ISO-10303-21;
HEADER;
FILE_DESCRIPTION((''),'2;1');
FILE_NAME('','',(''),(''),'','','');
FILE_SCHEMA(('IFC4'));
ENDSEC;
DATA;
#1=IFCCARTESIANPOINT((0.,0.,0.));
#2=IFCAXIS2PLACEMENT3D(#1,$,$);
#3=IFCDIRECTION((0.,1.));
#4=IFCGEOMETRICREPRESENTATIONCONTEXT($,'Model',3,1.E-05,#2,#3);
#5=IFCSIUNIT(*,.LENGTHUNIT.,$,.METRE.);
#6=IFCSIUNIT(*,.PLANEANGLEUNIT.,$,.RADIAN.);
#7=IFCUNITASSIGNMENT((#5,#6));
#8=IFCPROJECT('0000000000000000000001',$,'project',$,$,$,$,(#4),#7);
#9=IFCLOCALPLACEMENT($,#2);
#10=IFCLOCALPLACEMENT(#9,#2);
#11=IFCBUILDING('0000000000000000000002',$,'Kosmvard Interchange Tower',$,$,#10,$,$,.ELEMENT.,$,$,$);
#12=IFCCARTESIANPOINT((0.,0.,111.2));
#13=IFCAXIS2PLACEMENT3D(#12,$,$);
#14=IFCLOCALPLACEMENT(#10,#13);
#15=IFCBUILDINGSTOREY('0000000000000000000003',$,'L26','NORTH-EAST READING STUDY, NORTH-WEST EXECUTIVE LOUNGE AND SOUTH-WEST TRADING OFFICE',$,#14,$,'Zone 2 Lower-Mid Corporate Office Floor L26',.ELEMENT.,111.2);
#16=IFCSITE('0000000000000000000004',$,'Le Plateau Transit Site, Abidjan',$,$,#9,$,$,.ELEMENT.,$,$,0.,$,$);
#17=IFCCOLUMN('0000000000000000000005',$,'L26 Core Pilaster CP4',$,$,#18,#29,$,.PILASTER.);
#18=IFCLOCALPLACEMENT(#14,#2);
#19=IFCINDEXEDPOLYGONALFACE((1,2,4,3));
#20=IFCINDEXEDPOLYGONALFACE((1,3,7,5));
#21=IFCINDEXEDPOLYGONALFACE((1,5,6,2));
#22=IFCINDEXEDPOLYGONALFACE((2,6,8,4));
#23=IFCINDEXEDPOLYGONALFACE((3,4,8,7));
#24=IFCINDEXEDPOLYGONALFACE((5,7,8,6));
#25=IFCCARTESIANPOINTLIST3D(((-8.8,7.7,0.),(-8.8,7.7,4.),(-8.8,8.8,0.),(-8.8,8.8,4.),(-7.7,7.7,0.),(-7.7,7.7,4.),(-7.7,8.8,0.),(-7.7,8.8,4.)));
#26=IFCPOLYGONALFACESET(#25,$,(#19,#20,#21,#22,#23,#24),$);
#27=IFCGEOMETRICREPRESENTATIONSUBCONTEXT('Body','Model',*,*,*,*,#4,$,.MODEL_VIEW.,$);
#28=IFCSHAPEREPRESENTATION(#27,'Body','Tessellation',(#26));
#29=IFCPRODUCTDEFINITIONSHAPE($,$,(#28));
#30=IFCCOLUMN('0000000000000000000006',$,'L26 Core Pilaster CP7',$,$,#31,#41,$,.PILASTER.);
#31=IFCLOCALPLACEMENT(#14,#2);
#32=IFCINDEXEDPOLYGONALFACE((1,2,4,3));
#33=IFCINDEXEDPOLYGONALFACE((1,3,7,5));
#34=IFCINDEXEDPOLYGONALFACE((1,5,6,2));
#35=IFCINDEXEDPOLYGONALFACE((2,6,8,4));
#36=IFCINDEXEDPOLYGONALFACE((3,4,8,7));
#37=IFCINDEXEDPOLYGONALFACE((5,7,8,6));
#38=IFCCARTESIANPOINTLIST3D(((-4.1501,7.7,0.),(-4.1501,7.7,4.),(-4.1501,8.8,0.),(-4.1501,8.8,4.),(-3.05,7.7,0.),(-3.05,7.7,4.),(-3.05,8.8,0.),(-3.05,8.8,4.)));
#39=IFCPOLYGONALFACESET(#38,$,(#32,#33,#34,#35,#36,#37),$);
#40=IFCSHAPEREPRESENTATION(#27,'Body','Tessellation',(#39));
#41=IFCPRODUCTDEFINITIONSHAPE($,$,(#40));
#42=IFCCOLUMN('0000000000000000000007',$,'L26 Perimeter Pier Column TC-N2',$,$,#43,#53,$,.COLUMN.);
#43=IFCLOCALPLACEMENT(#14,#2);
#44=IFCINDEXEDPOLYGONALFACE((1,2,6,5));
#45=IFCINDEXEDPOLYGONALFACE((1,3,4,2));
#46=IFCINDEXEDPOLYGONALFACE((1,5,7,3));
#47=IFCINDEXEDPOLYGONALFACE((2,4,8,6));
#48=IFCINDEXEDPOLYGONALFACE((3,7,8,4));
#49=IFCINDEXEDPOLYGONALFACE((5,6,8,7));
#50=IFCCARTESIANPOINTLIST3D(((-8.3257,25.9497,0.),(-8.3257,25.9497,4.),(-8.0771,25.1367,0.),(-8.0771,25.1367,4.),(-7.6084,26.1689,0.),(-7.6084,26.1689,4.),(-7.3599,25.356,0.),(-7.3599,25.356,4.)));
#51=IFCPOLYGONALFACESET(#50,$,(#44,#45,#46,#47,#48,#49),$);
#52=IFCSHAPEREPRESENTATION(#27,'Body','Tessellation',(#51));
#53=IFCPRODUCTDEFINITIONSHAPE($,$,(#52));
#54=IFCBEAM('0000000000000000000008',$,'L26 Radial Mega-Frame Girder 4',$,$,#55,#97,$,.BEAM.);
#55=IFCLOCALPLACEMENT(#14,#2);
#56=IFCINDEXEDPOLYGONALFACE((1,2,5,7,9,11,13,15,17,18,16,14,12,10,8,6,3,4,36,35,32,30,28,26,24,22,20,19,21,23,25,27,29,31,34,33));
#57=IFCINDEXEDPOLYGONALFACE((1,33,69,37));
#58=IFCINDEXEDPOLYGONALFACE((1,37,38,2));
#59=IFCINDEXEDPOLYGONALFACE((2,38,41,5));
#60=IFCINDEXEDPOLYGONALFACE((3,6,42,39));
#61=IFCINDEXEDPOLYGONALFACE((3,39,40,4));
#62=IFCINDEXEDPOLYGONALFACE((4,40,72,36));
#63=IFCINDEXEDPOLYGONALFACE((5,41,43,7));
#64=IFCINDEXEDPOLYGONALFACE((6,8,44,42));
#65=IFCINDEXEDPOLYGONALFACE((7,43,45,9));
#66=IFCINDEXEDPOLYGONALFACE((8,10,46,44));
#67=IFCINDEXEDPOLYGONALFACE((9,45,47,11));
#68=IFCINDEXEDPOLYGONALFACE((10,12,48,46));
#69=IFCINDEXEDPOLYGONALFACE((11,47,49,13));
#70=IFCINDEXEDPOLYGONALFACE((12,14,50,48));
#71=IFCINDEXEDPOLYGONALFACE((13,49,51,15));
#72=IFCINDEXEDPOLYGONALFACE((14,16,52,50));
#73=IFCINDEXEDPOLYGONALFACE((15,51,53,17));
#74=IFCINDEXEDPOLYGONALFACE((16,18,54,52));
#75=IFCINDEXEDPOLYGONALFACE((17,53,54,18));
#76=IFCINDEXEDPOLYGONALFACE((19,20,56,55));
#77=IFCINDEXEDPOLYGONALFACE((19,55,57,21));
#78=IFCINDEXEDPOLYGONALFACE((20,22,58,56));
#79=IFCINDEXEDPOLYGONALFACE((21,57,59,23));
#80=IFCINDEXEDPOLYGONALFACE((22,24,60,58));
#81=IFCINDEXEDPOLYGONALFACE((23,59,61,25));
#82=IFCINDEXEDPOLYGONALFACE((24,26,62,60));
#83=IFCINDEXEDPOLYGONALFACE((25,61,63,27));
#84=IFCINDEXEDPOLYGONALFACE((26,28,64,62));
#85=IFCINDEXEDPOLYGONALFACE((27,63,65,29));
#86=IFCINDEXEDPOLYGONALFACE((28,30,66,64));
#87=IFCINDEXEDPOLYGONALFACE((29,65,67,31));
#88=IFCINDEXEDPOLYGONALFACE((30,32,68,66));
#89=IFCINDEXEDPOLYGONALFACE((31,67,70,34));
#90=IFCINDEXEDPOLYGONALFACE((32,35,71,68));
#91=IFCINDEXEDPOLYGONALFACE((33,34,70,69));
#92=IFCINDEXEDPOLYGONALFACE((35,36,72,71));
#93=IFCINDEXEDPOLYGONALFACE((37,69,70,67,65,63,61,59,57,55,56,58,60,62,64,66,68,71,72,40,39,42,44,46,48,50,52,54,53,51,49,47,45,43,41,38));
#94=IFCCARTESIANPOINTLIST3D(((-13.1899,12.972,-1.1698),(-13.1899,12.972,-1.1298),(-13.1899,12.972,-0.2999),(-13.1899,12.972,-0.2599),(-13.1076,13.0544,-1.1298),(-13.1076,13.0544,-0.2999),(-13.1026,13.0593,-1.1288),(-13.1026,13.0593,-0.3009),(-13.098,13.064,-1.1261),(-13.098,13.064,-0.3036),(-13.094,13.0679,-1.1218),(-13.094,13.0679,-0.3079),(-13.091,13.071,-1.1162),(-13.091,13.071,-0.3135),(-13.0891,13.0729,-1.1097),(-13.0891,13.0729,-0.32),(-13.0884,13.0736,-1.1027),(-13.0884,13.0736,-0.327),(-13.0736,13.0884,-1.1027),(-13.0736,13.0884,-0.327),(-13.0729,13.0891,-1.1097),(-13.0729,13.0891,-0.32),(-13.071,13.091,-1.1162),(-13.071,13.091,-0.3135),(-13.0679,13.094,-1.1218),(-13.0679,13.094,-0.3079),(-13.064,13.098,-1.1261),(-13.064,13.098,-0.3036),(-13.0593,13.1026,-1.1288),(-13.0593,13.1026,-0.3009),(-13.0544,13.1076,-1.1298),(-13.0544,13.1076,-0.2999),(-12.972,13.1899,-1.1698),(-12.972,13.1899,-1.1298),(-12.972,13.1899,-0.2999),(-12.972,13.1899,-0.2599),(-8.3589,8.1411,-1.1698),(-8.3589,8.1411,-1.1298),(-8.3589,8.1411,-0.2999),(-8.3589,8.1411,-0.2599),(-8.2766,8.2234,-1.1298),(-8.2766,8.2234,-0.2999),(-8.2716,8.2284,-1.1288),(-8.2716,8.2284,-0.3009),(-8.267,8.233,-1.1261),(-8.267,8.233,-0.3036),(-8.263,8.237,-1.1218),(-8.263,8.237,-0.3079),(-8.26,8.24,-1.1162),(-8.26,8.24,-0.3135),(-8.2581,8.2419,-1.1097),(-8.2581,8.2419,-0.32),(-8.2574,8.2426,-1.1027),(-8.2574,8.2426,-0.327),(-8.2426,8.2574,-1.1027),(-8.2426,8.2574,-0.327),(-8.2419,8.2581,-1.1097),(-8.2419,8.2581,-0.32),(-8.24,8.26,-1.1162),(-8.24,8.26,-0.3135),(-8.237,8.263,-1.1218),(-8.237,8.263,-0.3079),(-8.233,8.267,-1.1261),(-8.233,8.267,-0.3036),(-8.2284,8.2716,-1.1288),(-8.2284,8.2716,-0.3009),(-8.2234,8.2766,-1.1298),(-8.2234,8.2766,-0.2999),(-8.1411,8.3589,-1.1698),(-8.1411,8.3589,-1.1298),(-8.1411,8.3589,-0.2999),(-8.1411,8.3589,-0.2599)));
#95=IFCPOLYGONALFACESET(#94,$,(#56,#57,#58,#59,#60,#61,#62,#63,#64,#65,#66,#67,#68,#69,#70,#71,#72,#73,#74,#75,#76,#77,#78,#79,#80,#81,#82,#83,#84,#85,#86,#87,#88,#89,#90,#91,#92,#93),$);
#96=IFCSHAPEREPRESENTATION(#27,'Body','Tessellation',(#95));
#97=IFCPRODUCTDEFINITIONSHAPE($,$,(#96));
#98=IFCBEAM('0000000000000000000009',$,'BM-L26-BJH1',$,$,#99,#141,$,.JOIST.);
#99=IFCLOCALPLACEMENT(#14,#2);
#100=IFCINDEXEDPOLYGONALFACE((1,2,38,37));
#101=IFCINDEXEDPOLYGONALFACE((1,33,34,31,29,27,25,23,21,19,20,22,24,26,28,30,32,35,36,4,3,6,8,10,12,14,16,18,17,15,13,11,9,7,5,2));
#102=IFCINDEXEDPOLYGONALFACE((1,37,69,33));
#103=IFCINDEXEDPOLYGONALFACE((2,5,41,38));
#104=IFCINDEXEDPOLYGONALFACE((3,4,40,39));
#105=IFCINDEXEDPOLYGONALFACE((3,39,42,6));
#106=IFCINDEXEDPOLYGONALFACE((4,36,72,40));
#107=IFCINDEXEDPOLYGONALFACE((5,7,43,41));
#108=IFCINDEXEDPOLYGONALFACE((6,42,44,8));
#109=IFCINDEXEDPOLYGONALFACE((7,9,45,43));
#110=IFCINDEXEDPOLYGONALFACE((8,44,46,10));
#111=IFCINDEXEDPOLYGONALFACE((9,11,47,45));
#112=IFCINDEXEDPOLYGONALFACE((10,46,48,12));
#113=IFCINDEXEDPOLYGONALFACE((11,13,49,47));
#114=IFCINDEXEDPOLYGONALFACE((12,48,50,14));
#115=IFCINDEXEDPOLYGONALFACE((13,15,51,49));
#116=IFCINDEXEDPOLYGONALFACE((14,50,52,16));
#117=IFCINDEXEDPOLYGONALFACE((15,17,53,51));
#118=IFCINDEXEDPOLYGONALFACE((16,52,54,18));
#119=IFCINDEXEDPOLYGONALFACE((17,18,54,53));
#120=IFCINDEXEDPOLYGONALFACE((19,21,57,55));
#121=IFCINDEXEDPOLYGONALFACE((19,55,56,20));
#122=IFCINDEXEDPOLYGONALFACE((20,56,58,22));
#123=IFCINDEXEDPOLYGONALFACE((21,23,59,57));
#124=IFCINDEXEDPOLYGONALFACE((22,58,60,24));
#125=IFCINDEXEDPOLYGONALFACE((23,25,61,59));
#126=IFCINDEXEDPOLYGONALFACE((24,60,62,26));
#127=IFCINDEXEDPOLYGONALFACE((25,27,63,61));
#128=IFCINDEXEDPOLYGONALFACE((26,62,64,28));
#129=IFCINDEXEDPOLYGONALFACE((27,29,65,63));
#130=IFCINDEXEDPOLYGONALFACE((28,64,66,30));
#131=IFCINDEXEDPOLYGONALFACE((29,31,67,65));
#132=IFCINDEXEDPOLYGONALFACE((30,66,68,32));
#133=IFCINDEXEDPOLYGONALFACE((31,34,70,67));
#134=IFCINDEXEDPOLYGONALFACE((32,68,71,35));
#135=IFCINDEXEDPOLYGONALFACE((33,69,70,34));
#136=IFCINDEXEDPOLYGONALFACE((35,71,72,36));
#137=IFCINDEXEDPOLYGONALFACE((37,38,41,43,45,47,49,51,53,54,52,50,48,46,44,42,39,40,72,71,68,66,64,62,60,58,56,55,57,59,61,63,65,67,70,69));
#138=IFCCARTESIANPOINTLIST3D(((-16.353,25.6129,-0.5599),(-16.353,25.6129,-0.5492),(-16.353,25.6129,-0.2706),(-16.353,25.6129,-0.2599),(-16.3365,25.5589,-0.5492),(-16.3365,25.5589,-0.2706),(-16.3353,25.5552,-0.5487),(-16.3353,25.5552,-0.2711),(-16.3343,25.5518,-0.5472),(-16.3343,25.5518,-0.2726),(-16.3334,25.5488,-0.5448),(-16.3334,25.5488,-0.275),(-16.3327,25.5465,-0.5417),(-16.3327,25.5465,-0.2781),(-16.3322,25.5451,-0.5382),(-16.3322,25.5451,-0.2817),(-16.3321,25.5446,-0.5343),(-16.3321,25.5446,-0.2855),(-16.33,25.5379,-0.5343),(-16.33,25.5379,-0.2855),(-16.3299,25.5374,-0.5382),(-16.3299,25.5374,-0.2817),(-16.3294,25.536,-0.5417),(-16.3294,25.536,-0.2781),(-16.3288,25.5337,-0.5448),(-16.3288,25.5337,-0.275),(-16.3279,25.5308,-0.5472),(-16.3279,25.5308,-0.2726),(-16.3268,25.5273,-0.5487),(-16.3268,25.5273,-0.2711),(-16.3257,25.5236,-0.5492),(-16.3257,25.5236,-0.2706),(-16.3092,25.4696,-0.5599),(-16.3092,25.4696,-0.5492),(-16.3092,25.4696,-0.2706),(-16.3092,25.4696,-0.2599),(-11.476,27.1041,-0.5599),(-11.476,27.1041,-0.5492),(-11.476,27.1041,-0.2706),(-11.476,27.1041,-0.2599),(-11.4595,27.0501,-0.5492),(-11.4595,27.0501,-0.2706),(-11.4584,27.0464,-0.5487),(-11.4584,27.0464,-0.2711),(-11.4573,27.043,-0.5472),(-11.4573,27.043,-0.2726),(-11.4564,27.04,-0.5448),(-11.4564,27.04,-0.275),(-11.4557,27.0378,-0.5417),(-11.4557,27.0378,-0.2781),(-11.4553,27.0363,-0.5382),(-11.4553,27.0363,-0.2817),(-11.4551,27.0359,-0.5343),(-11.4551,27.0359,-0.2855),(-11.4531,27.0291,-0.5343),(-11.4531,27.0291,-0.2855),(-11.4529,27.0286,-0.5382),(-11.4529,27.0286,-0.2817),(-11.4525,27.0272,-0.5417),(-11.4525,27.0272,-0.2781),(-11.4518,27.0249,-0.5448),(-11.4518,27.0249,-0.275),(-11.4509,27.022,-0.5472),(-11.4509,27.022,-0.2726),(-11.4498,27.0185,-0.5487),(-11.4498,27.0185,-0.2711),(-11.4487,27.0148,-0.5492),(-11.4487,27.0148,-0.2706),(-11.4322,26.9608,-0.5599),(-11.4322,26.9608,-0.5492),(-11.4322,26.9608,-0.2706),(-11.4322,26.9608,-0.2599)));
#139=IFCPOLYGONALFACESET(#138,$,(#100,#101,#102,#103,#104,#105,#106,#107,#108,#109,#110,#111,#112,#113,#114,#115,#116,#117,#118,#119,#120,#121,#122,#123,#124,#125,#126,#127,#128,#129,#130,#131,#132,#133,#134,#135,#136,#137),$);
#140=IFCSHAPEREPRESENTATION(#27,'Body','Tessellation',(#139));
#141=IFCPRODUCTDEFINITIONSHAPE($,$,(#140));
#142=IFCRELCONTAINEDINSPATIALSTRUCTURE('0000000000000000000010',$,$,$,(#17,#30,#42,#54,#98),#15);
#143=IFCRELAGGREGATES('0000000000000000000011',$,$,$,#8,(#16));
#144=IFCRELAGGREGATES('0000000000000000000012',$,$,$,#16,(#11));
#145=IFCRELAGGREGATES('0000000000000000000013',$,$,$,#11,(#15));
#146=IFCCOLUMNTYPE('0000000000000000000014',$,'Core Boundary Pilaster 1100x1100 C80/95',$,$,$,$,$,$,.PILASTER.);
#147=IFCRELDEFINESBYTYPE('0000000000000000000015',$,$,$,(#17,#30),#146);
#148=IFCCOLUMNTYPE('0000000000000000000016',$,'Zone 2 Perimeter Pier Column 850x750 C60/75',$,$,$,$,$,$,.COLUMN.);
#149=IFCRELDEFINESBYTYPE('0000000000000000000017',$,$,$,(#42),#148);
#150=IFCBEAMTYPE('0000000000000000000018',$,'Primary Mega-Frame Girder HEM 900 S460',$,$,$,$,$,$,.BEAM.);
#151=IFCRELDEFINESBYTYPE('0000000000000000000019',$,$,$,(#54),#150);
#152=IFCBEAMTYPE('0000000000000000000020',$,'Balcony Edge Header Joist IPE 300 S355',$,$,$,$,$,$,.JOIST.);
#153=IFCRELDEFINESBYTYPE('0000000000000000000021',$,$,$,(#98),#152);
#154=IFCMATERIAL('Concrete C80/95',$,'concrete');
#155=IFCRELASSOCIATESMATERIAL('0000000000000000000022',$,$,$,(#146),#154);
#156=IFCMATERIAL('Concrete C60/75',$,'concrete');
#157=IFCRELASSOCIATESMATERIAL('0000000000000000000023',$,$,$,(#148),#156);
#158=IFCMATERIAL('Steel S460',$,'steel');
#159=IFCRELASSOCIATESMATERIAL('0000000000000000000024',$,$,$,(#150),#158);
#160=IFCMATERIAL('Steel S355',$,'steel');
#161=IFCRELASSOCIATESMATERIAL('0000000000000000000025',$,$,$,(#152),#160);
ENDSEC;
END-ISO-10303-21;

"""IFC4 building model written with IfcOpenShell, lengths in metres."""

from ifc_helpers import new_model, si_unit, direction, frame, origin, origin_2d, place, context, subcontext, project, spatial, rectangle, i_section, extrude, source, transform, mapped, material, material_profile, profile_set, type_object, element, save


model = new_model("IFC4")

# Units and contexts
model_context = context("Model", 3, precision=1e-05, world=origin(), true_north=direction((0.0, 1.0)))
body_context = subcontext(model_context, "Body", "Model", "MODEL_VIEW")
ifc_project = project(units=[si_unit("LENGTHUNIT", "METRE"), si_unit("PLANEANGLEUNIT", "RADIAN")], contexts=[model_context])

# Site, building, storey
site_placement = place(None, origin())
site = spatial("IfcSite", under=ifc_project, at=site_placement, Name="Le Plateau Transit Site, Abidjan", CompositionType="ELEMENT", RefElevation=0.0)
building_placement = place(site_placement, origin())
building = spatial("IfcBuilding", under=site, at=building_placement, Name="Kosmvard Interchange Tower", CompositionType="ELEMENT")
storey_placement = place(building_placement, frame((0.0, 0.0, 111.2)))
storey = spatial("IfcBuildingStorey", under=building, at=storey_placement, Name="L26", Description="NORTH-EAST READING STUDY, NORTH-WEST EXECUTIVE LOUNGE AND SOUTH-WEST TRADING OFFICE", LongName="Zone 2 Lower-Mid Corporate Office Floor L26", CompositionType="ELEMENT", Elevation=111.2)

# Columns
ifc_material_1 = material(Name="Concrete C80/95", Category="concrete")
ifc_material_profile_1 = material_profile(ifc_material_1, rectangle(XDim=1.1001, YDim=1.1001, at=origin_2d()), Name="CP 1100x1100")
ifc_profile_set_1 = profile_set([ifc_material_profile_1], Name="Concrete C80/95")
column_type_1 = type_object("IfcColumnType", Name="Core Boundary Pilaster 1100x1100 C80/95", PredefinedType="PILASTER", material=ifc_profile_set_1)
shared_shape_1 = source(origin(), body_context, "Body", "SweptSolid", [
    extrude(rectangle(XDim=1.1001, YDim=1.1001, at=origin_2d()), origin(), (0.0, 0.0, 1.0), 4.0),
])
for number, where, z_axis, x_axis, name in (
    (1, (-8.25, 8.25, 0.0), (0.0, 0.0, 1.0), (1.0, 0.0, 0.0), "L26 Core Pilaster CP4"),
    (2, (-3.6001, 8.25, 0.0), (0.0, 0.0, 1.0), (1.0, 0.0, 0.0), "L26 Core Pilaster CP7"),
):
    element("IfcColumn", number, at=place(storey_placement, frame(where, z_axis=z_axis, x_axis=x_axis)), inside=storey, type_object=column_type_1, Name=name, PredefinedType="PILASTER", context=body_context, shape_type="MappedRepresentation", body=[
        mapped(shared_shape_1, transform((0.0, 0.0, 0.0), scale=1.0)),
    ])
ifc_material_2 = material(Name="Concrete C60/75", Category="concrete")
ifc_material_profile_2 = material_profile(ifc_material_2, rectangle(XDim=0.75, YDim=0.8501, at=origin_2d()), Name="TC 850x750")
ifc_profile_set_2 = profile_set([ifc_material_profile_2], Name="Concrete C60/75")
column_type_2 = type_object("IfcColumnType", Name="Zone 2 Perimeter Pier Column 850x750 C60/75", PredefinedType="COLUMN", material=ifc_profile_set_2)
shared_shape_2 = source(origin(), body_context, "Body", "SweptSolid", [
    extrude(rectangle(XDim=0.75, YDim=0.8501, at=origin_2d()), origin(), (0.0, 0.0, 1.0), 4.0),
])
column_placement = place(storey_placement, frame((-7.8428, 25.6528, 0.0), z_axis=(0.0, 0.0, 1.0), x_axis=(0.956305, 0.292372, 0.0)))
element("IfcColumn", 3, at=column_placement, inside=storey, type_object=column_type_2, Name="L26 Perimeter Pier Column TC-N2", PredefinedType="COLUMN", context=body_context, shape_type="MappedRepresentation", body=[
    mapped(shared_shape_2, transform((0.0, 0.0, 0.0), scale=1.0)),
])

# Beams
ifc_material_3 = material(Name="Steel S460", Category="steel")
ifc_material_profile_3 = material_profile(ifc_material_3, i_section(OverallWidth=0.3081, OverallDepth=0.9099, WebThickness=0.021, FlangeThickness=0.04, FilletRadius=0.0271, at=origin_2d()), Name="HEM 900")
ifc_profile_set_3 = profile_set([ifc_material_profile_3], Name="Steel S460")
beam_type_1 = type_object("IfcBeamType", Name="Primary Mega-Frame Girder HEM 900 S460", PredefinedType="BEAM", material=ifc_profile_set_3)
shared_shape_3 = source(origin(), body_context, "Body", "SweptSolid", [
    extrude(i_section(OverallWidth=0.3081, OverallDepth=0.9099, WebThickness=0.021, FlangeThickness=0.04, FilletRadius=0.0271, at=origin_2d()), origin(), (0.0, 0.0, 1.0), 6.832),
])
beam_1_placement = place(storey_placement, frame((-8.25, 8.25, -0.7148), z_axis=(-0.707107, 0.707107, 0.0), x_axis=(-0.707107, -0.707107, 0.0)))
element("IfcBeam", 4, at=beam_1_placement, inside=storey, type_object=beam_type_1, Name="L26 Radial Mega-Frame Girder 4", PredefinedType="BEAM", context=body_context, shape_type="MappedRepresentation", body=[
    mapped(shared_shape_3, transform((0.0, 0.0, 0.0), scale=1.0)),
])
ifc_material_4 = material(Name="Steel S355", Category="steel")
ifc_material_profile_4 = material_profile(ifc_material_4, i_section(OverallWidth=0.1499, OverallDepth=0.3, WebThickness=0.0071, FlangeThickness=0.0107, FilletRadius=0.0149, at=origin_2d()), Name="IPE 300")
ifc_profile_set_4 = profile_set([ifc_material_profile_4], Name="Steel S355")
beam_type_2 = type_object("IfcBeamType", Name="Balcony Edge Header Joist IPE 300 S355", PredefinedType="JOIST", material=ifc_profile_set_4)
shared_shape_4 = source(origin(), body_context, "Body", "SweptSolid", [
    extrude(i_section(OverallWidth=0.1499, OverallDepth=0.3, WebThickness=0.0071, FlangeThickness=0.0107, FilletRadius=0.0149, at=origin_2d()), origin(), (0.0, 0.0, 1.0), 5.0999),
])
beam_2_placement = place(storey_placement, frame((-11.4541, 27.0325, -0.4099), z_axis=(-0.956295, -0.292403, 0.0), x_axis=(0.292403, -0.956295, 0.0)))
element("IfcBeam", 5, at=beam_2_placement, inside=storey, type_object=beam_type_2, Name="BM-L26-BJH1", PredefinedType="JOIST", context=body_context, shape_type="MappedRepresentation", body=[
    mapped(shared_shape_4, transform((0.0, 0.0, 0.0), scale=1.0)),
])

save(model, "model.ifc")
